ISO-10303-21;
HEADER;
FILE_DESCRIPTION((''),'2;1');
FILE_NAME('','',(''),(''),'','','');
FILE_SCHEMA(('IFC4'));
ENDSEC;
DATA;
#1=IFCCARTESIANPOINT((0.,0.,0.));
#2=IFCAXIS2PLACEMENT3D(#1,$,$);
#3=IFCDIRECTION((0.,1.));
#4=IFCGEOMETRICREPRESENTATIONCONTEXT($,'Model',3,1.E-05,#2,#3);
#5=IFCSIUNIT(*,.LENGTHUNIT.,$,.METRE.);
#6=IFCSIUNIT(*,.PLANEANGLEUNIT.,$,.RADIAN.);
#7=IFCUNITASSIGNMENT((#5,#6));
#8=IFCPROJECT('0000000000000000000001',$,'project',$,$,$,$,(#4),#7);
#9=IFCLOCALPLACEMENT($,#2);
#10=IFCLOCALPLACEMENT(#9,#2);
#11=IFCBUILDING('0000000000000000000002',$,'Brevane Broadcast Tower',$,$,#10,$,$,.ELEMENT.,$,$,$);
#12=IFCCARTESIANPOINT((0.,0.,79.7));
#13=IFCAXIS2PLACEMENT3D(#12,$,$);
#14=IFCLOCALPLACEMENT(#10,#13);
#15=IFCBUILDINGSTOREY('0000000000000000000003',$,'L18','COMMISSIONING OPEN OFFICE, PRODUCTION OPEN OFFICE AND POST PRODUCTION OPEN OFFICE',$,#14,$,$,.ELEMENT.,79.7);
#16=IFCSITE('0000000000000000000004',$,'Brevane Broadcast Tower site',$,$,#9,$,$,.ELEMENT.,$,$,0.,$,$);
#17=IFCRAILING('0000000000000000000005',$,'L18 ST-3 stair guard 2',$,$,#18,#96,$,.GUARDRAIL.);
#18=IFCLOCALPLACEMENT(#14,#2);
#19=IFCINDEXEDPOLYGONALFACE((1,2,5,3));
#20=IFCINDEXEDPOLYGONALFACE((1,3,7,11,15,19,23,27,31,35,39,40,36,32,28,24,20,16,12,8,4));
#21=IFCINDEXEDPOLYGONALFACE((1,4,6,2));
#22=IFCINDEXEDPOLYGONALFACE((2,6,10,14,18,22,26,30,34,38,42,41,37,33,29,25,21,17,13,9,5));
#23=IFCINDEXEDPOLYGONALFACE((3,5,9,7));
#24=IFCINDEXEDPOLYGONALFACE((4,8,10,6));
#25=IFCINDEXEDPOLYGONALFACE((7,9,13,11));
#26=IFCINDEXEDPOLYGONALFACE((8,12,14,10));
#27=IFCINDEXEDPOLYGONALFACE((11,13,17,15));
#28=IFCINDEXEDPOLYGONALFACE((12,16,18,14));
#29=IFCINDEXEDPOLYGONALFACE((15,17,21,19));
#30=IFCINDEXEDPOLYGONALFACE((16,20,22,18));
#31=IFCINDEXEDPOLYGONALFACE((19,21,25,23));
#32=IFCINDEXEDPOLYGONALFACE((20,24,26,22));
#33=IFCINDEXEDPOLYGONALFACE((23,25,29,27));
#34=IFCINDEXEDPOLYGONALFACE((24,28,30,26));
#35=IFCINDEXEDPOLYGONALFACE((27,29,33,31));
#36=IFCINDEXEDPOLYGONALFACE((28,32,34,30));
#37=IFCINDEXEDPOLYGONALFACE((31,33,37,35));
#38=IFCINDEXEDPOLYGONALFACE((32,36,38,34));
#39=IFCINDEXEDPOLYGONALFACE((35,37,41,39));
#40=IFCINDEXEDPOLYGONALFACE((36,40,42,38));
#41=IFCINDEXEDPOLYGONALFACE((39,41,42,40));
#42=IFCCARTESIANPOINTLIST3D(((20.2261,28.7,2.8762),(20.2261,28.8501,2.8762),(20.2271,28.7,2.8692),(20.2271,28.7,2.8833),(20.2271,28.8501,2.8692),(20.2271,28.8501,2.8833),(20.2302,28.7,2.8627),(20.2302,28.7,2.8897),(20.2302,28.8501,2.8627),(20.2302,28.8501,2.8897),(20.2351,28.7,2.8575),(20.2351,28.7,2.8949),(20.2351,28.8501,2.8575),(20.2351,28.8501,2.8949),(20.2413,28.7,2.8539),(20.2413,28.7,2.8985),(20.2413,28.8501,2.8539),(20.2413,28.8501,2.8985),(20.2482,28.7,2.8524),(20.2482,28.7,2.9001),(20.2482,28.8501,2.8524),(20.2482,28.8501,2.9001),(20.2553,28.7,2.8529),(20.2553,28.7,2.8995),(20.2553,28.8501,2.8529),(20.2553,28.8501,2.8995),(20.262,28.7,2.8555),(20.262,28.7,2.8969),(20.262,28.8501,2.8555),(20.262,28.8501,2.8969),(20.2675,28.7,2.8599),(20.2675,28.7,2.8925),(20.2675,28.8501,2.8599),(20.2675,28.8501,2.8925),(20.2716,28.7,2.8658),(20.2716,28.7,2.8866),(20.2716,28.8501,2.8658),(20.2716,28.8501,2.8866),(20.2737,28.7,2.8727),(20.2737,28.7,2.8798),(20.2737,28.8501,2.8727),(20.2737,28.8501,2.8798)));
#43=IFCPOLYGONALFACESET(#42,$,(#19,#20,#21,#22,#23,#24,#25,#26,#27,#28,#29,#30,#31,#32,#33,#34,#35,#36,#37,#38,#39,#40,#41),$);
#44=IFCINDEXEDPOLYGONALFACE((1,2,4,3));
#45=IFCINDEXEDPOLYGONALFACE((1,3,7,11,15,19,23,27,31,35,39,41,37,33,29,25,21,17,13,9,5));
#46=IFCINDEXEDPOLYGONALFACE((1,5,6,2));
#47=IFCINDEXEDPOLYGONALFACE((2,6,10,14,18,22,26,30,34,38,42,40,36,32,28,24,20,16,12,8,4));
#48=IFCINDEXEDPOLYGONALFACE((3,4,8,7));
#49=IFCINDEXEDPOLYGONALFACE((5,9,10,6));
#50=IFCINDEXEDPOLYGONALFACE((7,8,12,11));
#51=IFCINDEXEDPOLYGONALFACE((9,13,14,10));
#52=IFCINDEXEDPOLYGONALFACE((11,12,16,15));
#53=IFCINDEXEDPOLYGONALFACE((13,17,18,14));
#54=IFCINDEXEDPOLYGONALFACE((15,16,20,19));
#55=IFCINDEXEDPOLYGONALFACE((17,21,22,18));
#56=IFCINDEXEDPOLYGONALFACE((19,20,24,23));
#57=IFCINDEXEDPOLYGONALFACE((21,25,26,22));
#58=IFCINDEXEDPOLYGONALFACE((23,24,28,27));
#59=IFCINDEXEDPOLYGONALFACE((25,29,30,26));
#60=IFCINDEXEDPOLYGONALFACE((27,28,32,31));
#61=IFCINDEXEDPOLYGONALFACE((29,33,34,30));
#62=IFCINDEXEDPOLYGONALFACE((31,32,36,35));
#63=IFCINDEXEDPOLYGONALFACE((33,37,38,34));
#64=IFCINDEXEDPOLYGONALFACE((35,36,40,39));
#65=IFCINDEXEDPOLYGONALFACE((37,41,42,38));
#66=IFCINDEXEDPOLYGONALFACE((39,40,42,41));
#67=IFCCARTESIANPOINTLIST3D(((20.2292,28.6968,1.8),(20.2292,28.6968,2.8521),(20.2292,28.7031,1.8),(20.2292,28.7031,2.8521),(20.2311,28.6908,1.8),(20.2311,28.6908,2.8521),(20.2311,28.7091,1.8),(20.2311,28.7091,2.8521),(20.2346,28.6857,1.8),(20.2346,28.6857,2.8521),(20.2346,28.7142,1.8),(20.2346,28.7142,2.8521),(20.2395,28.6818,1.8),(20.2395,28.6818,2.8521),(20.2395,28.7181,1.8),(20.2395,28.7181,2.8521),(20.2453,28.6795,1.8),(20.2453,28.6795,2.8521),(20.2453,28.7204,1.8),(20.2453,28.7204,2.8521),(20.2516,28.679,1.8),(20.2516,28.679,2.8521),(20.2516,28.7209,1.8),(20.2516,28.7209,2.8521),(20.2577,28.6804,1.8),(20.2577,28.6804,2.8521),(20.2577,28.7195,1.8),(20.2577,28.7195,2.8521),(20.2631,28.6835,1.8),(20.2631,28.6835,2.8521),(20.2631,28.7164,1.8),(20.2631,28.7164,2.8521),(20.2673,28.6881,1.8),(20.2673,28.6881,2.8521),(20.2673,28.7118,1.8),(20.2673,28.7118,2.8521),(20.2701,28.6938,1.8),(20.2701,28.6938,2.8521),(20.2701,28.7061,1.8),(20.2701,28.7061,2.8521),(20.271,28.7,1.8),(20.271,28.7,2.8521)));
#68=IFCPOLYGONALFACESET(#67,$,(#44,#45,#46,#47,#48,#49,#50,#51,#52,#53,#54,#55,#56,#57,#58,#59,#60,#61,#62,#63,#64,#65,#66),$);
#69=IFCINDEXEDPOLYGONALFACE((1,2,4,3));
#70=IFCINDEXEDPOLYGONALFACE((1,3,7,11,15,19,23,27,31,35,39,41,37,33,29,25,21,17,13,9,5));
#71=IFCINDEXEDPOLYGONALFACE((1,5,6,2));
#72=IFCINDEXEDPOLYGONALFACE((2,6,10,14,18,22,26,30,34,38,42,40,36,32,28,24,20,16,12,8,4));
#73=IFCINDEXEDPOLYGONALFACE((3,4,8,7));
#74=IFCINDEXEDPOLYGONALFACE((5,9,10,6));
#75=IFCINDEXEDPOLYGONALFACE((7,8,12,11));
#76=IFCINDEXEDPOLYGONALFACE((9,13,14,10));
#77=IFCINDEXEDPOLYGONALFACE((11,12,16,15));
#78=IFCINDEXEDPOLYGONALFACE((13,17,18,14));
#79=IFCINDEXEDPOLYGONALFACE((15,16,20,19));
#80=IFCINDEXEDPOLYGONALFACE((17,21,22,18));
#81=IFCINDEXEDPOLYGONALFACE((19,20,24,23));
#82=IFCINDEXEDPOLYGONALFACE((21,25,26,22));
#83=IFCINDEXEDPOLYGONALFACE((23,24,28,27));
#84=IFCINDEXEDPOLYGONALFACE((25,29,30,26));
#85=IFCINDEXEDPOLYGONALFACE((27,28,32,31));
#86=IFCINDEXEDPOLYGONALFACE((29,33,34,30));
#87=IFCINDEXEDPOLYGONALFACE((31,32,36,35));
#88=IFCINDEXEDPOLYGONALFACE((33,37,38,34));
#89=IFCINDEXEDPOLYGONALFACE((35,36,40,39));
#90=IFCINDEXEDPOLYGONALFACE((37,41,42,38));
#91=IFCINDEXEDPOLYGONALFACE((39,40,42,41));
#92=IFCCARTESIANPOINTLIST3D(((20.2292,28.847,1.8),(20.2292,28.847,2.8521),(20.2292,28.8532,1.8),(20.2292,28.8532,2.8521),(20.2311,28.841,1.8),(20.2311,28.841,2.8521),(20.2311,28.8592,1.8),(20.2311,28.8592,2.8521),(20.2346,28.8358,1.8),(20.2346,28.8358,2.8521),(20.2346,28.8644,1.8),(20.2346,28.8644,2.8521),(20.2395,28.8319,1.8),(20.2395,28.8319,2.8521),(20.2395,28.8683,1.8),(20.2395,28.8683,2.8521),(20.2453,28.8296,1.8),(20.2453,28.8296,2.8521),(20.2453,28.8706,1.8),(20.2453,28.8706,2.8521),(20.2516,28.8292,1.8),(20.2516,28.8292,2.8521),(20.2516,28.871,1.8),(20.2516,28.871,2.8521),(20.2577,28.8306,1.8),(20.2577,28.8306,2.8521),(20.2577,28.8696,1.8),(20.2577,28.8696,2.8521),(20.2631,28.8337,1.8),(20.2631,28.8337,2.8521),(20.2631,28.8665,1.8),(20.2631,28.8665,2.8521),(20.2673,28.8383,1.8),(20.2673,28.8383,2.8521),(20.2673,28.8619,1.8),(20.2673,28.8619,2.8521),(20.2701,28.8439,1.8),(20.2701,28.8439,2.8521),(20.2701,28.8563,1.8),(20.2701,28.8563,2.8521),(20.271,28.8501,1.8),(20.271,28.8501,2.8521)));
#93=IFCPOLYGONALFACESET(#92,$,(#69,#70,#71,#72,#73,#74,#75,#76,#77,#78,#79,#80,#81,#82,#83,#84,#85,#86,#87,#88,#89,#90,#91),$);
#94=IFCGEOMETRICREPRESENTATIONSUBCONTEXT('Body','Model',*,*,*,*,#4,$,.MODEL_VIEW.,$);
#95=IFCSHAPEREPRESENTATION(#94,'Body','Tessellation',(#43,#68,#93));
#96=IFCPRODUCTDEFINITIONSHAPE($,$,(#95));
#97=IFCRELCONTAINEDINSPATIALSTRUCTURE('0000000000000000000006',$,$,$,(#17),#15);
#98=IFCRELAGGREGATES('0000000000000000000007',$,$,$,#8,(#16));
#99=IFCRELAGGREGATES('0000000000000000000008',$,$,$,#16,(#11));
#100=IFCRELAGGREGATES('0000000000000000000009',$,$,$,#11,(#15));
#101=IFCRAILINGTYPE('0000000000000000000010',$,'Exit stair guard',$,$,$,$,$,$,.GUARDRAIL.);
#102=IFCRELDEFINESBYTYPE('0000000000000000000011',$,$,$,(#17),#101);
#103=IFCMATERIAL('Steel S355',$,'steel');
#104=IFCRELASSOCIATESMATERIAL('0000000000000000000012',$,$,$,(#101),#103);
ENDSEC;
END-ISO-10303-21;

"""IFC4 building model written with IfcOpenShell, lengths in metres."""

from ifc_helpers import new_model, si_unit, direction, frame, origin, origin_2d, place, context, subcontext, project, spatial, circle, extrude, material, type_object, element, save


model = new_model("IFC4")

# Units and contexts
model_context = context("Model", 3, precision=1e-05, world=origin(), true_north=direction((0.0, 1.0)))
body_context = subcontext(model_context, "Body", "Model", "MODEL_VIEW")
ifc_project = project(units=[si_unit("LENGTHUNIT", "METRE"), si_unit("PLANEANGLEUNIT", "RADIAN")], contexts=[model_context])

# Site, building, storey
site_placement = place(None, origin())
site = spatial("IfcSite", under=ifc_project, at=site_placement, Name="Brevane Broadcast Tower site", CompositionType="ELEMENT", RefElevation=0.0)
building_placement = place(site_placement, origin())
building = spatial("IfcBuilding", under=site, at=building_placement, Name="Brevane Broadcast Tower", CompositionType="ELEMENT")
storey_placement = place(building_placement, frame((0.0, 0.0, 79.7)))
storey = spatial("IfcBuildingStorey", under=building, at=storey_placement, Name="L18", Description="COMMISSIONING OPEN OFFICE, PRODUCTION OPEN OFFICE AND POST PRODUCTION OPEN OFFICE", CompositionType="ELEMENT", Elevation=79.7)

# Railing
ifc_material_1 = material(Name="Steel S355", Category="steel")
railing_type_1 = type_object("IfcRailingType", Name="Exit stair guard", PredefinedType="GUARDRAIL", material=ifc_material_1)
railing_1_placement = place(storey_placement, frame((20.25, 28.7, 1.8)))
element("IfcRailing", 1, at=railing_1_placement, inside=storey, type_object=railing_type_1, Name="L18 ST-3 stair guard 2", PredefinedType="GUARDRAIL", context=body_context, shape_type="SweptSolid", body=[
    extrude(circle(Radius=0.0239, at=origin_2d()), frame((0.0, 0.0, 1.0762), z_axis=(0.0, 1.0, 0.0), x_axis=(-1.0, 0.0, 0.0)), (0.0, 0.0, 1.0), 0.1501),
    extrude(circle(Radius=0.021, at=origin_2d()), origin(), (0.0, 0.0, 1.0), 1.052),
    extrude(circle(Radius=0.021, at=origin_2d()), frame((0.0, 0.1501, 0.0)), (0.0, 0.0, 1.0), 1.052),
])

save(model, "model.ifc")
